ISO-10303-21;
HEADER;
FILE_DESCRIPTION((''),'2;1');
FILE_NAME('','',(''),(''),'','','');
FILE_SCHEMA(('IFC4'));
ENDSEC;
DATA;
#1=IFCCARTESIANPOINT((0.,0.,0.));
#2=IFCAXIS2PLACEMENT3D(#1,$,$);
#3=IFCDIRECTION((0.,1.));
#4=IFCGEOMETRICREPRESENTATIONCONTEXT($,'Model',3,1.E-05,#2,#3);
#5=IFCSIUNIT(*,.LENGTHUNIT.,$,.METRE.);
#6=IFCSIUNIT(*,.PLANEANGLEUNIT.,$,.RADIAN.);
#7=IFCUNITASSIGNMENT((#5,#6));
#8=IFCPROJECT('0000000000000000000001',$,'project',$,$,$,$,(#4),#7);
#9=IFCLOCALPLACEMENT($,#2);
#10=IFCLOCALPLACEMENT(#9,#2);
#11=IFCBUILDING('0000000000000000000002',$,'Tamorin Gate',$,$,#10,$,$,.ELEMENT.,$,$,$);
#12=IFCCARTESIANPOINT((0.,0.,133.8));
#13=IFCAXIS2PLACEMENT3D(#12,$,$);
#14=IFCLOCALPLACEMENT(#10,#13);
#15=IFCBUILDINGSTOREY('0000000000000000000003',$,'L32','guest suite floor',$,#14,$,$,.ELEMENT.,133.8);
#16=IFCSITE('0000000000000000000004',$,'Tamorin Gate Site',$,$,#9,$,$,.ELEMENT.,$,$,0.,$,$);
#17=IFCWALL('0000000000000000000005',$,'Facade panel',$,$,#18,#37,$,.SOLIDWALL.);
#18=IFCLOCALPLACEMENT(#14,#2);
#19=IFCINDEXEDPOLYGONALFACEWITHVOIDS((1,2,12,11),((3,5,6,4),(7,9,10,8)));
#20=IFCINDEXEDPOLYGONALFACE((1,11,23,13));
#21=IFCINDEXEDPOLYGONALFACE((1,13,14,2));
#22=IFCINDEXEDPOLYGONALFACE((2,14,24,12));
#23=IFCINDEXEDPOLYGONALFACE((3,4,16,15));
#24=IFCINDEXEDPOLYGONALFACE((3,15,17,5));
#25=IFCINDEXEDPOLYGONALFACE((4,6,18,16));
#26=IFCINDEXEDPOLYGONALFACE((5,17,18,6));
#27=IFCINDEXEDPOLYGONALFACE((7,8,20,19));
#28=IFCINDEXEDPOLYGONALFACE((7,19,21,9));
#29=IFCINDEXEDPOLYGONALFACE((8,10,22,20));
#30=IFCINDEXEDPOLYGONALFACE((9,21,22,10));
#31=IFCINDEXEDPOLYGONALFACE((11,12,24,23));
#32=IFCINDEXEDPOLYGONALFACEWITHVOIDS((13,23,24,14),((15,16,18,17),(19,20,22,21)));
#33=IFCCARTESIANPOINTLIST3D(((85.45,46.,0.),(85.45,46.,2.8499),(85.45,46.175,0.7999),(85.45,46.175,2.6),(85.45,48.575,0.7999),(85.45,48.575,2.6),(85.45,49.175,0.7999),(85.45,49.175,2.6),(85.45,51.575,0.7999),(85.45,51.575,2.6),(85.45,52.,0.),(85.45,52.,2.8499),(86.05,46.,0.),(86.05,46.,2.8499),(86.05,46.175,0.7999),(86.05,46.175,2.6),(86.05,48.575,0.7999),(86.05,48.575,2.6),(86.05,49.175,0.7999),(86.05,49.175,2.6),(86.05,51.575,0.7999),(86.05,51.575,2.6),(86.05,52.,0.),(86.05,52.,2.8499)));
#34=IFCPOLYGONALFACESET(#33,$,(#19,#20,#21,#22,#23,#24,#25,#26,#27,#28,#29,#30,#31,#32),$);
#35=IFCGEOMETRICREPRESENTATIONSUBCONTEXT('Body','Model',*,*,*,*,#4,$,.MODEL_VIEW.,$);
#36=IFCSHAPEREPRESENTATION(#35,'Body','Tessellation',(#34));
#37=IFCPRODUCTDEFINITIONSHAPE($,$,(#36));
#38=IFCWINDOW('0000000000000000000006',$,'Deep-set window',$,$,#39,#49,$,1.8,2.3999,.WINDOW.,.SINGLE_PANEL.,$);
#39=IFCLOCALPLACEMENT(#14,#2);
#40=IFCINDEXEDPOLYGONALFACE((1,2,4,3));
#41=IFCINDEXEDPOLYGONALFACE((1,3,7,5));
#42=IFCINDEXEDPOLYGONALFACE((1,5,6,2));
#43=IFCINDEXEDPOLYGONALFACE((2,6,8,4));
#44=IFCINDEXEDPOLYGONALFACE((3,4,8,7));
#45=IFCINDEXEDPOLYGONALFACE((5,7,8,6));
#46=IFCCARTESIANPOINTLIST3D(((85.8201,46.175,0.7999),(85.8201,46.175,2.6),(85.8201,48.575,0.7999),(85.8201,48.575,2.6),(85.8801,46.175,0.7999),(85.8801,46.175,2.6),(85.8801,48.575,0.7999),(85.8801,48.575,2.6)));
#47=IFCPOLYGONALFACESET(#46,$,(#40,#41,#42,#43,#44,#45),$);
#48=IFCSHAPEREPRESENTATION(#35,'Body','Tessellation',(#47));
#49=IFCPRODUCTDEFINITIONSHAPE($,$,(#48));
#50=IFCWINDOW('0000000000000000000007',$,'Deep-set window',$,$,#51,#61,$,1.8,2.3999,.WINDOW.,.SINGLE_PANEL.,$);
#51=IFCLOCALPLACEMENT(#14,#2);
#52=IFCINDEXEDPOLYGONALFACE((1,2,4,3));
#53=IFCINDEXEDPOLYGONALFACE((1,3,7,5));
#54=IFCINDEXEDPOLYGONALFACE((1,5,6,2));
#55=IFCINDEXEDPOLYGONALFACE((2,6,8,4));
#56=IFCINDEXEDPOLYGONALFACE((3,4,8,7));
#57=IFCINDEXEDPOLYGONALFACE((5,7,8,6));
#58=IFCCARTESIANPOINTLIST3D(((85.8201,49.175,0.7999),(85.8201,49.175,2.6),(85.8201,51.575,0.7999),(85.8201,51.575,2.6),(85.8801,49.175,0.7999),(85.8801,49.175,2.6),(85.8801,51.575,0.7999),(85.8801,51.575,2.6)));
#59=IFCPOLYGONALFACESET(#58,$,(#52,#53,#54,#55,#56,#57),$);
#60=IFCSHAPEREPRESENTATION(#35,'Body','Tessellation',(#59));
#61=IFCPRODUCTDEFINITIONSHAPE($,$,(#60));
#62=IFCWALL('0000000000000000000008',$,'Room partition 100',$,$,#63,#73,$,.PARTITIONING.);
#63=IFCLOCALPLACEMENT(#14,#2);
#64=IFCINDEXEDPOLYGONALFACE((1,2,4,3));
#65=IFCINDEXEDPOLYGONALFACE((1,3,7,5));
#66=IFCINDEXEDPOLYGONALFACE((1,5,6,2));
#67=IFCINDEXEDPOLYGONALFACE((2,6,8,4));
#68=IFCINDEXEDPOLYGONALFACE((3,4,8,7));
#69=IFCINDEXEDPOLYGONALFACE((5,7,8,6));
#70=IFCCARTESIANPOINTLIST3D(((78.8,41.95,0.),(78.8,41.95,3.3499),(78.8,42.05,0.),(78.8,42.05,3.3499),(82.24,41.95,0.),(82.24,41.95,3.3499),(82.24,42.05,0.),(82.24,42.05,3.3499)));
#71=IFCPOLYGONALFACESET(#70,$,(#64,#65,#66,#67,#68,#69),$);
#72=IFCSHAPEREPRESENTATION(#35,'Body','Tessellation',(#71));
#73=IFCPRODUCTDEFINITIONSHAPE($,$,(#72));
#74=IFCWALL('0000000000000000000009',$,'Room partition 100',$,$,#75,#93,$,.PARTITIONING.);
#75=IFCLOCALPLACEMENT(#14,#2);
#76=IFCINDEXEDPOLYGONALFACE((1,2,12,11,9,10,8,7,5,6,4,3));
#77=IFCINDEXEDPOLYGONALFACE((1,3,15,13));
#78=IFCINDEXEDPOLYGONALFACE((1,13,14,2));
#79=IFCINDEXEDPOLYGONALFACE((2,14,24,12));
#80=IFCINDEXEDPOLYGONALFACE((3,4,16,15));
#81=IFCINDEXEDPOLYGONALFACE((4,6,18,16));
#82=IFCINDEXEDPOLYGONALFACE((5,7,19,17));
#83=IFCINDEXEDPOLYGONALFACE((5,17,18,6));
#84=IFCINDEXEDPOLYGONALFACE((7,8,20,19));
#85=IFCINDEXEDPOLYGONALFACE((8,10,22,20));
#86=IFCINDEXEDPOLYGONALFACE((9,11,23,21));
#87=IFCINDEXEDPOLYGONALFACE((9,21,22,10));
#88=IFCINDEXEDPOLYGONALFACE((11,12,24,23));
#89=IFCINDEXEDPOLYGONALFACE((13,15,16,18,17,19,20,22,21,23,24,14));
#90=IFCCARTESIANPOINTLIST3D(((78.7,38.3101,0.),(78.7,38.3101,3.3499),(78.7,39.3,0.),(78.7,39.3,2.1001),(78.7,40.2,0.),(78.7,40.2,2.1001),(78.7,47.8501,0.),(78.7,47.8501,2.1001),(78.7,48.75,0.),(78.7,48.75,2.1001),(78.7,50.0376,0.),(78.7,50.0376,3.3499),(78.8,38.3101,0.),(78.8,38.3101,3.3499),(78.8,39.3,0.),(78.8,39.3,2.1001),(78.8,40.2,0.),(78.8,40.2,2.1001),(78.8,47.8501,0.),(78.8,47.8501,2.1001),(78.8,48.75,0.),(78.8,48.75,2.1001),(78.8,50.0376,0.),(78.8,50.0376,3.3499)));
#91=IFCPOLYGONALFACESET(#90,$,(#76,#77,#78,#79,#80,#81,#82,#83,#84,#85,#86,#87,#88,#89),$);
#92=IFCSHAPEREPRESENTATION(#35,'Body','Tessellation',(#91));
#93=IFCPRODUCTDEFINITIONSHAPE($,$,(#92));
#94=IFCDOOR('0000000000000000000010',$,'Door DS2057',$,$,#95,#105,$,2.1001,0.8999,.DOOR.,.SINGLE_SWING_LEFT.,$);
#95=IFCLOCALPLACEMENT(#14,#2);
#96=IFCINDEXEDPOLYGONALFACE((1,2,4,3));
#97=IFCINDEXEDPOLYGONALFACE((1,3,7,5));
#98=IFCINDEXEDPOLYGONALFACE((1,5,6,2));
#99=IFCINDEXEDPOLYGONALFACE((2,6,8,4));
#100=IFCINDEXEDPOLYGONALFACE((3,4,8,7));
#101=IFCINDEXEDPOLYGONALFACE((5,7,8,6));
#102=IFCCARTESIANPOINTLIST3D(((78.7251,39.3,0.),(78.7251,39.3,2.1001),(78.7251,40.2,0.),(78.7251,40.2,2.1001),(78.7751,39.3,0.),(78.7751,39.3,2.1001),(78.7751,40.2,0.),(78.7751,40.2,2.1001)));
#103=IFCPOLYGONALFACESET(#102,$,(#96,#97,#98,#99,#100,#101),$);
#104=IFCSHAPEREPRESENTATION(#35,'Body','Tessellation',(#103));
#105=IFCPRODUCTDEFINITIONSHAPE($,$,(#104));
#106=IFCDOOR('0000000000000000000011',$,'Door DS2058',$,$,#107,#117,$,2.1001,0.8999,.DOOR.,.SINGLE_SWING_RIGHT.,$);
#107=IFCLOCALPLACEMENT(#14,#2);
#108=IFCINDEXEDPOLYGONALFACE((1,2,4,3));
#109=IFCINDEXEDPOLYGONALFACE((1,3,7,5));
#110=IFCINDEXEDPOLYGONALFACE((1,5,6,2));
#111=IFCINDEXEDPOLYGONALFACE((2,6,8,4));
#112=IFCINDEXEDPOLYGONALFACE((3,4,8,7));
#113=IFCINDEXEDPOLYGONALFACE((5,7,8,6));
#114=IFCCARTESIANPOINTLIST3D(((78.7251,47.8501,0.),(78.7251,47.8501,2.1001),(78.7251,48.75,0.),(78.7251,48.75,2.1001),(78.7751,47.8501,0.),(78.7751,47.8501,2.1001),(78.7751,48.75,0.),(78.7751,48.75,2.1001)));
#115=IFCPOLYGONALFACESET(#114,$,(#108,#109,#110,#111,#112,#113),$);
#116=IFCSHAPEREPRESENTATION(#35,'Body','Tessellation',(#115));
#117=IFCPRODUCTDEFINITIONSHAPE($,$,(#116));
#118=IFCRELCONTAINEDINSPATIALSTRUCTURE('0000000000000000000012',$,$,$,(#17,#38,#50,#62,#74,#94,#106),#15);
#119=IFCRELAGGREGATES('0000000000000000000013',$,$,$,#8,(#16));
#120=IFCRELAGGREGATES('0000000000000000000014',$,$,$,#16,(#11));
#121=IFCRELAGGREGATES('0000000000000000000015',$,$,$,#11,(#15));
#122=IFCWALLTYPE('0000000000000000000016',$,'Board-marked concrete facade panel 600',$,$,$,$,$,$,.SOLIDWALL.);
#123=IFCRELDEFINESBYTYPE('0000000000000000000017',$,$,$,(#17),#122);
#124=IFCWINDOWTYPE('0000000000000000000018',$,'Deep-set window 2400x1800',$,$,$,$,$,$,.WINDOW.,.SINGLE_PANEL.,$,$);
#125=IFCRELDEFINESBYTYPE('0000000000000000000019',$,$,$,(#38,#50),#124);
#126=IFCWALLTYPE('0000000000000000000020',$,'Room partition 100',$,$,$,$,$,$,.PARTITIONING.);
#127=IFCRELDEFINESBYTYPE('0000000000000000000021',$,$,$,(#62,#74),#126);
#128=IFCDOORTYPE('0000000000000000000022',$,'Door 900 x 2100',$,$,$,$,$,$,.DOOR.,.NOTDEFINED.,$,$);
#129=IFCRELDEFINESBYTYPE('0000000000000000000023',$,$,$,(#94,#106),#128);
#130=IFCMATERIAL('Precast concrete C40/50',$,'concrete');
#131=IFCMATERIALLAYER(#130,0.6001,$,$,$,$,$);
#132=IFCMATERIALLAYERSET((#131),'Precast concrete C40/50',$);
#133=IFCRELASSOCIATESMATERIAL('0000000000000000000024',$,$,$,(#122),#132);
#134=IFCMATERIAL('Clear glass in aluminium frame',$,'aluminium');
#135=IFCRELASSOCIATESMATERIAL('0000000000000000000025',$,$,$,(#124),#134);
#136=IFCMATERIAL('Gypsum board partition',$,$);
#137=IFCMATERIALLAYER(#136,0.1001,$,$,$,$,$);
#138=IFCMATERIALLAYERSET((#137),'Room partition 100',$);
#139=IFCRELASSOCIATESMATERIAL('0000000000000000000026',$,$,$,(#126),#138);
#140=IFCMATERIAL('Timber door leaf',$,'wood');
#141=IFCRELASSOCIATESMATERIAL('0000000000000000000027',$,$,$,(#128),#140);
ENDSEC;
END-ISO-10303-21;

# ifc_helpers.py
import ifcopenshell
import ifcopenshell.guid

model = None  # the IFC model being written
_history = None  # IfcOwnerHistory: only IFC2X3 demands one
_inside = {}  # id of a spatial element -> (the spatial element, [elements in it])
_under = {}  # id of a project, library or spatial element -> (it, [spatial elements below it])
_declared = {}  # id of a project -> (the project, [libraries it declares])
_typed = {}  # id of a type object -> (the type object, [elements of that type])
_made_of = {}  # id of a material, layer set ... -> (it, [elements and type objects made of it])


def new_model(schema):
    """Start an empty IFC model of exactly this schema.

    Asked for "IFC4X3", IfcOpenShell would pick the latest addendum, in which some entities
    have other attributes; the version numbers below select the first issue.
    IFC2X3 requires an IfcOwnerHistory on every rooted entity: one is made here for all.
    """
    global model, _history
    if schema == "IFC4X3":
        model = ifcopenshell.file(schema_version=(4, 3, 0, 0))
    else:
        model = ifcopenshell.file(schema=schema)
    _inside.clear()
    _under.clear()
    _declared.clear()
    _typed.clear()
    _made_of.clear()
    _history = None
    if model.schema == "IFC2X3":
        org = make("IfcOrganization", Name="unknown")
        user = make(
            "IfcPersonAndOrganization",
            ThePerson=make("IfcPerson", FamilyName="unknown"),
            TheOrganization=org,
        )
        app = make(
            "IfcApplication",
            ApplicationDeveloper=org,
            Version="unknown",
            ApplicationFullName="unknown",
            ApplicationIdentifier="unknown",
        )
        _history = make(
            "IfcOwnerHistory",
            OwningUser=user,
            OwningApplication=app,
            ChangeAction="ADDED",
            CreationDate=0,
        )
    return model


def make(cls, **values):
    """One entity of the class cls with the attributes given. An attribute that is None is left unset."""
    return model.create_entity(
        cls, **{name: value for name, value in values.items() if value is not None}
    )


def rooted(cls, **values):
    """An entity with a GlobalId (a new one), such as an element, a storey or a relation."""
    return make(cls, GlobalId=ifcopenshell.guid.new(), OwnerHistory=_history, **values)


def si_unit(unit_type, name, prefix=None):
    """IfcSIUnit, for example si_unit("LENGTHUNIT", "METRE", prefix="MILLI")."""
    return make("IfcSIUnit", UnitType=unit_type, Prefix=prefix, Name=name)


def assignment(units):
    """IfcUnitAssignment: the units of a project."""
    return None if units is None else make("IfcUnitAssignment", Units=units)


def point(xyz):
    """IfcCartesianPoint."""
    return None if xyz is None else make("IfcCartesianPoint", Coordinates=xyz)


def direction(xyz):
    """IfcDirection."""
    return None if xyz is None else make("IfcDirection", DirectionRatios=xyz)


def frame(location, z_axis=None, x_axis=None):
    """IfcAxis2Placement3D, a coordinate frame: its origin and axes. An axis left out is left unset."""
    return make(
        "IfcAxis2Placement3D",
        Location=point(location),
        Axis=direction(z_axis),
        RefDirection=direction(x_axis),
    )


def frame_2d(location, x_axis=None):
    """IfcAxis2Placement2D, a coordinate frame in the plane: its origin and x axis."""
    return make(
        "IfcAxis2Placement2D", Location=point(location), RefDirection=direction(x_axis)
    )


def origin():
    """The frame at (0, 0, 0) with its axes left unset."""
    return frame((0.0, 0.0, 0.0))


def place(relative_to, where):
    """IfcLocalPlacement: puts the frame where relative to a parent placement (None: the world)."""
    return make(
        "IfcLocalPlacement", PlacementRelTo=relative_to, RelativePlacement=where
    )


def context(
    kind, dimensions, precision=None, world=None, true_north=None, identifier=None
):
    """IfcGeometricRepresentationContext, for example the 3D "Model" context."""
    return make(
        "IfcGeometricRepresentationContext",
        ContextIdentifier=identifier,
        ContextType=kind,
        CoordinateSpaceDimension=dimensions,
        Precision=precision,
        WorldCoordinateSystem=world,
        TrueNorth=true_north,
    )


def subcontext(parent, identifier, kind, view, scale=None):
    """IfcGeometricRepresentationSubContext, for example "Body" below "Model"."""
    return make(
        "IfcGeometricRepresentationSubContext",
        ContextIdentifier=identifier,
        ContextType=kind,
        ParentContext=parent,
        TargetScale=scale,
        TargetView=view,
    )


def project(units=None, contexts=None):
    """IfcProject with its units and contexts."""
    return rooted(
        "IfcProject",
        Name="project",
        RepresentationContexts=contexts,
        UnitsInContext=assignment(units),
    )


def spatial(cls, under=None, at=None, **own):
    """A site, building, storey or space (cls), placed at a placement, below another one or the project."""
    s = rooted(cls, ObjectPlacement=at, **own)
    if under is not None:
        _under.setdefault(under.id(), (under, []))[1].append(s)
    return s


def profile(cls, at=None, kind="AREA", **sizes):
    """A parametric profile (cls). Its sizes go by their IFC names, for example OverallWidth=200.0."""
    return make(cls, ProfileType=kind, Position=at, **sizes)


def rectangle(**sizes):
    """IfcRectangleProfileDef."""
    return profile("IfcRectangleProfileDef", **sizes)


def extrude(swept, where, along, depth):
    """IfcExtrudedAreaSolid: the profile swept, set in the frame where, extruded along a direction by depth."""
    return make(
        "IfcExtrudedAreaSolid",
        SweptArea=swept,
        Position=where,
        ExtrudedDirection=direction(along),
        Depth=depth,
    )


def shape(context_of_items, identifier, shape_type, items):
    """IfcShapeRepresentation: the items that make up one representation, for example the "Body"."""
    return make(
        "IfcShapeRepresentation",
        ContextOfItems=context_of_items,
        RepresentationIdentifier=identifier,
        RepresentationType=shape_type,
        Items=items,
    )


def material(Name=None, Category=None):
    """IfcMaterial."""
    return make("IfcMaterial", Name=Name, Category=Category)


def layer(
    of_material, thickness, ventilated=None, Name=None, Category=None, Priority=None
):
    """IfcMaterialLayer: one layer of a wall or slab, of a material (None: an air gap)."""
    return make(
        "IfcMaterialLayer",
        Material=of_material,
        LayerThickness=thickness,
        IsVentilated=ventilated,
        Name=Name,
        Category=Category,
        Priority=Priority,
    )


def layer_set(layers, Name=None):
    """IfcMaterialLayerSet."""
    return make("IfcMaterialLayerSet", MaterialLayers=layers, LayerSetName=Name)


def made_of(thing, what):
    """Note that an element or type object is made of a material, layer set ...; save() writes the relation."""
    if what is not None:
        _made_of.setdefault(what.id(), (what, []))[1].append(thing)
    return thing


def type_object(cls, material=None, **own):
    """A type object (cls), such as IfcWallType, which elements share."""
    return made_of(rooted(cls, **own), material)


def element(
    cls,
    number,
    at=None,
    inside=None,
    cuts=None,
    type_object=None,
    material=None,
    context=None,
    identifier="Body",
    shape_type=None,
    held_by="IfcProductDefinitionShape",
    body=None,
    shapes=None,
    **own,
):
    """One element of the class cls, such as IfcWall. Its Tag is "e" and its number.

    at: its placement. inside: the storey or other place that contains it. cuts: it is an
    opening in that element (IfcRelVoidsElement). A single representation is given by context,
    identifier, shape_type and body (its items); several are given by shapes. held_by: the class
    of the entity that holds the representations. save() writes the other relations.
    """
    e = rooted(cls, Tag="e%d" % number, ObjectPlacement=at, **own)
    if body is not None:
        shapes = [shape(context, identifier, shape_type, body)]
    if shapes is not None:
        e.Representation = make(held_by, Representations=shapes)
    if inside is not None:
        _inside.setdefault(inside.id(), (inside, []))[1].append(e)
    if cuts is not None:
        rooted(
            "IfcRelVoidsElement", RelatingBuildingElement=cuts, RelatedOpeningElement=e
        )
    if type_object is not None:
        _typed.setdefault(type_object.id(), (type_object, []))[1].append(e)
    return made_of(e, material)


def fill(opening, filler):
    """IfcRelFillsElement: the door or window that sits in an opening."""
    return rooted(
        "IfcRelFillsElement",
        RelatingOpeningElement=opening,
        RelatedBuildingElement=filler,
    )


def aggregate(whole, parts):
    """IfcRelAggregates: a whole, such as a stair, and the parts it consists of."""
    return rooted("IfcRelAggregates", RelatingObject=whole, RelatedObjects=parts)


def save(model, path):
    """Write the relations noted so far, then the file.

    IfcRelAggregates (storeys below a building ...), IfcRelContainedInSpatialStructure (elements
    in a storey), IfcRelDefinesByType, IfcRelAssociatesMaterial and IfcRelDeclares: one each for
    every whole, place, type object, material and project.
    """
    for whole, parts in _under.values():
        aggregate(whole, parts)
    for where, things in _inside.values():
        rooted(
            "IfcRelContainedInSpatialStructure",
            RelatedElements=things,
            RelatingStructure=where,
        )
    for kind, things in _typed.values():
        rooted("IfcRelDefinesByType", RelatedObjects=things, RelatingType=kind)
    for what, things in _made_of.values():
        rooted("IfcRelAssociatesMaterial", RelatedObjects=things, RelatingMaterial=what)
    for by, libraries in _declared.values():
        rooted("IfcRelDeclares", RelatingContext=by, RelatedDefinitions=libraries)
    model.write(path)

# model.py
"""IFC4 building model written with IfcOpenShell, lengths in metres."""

from ifc_helpers import new_model, si_unit, direction, frame, frame_2d, origin, place, context, subcontext, project, spatial, rectangle, extrude, material, layer, layer_set, type_object, element, fill, save


model = new_model("IFC4")

# Units and contexts
model_context = context("Model", 3, precision=1e-05, world=origin(), true_north=direction((0.0, 1.0)))
body_context = subcontext(model_context, "Body", "Model", "MODEL_VIEW")
ifc_project = project(units=[si_unit("LENGTHUNIT", "METRE"), si_unit("PLANEANGLEUNIT", "RADIAN")], contexts=[model_context])

# Site, building, storey
site_placement = place(None, origin())
site = spatial("IfcSite", under=ifc_project, at=site_placement, Name="Tamorin Gate Site", CompositionType="ELEMENT", RefElevation=0.0)
building_placement = place(site_placement, origin())
building = spatial("IfcBuilding", under=site, at=building_placement, Name="Tamorin Gate", CompositionType="ELEMENT")
storey_placement = place(building_placement, frame((0.0, 0.0, 133.8)))
storey = spatial("IfcBuildingStorey", under=building, at=storey_placement, Name="L32", Description="guest suite floor", CompositionType="ELEMENT", Elevation=133.8)

# Shared definitions
ifc_material_1 = material(Name="Precast concrete C40/50", Category="concrete")
ifc_layer_1 = layer(ifc_material_1, 0.6001)
ifc_layer_set_1 = layer_set([ifc_layer_1], Name="Precast concrete C40/50")
wall_type_1 = type_object("IfcWallType", Name="Board-marked concrete facade panel 600", PredefinedType="SOLIDWALL", material=ifc_layer_set_1)
ifc_material_2 = material(Name="Clear glass in aluminium frame", Category="aluminium")
window_type_1 = type_object("IfcWindowType", Name="Deep-set window 2400x1800", PartitioningType="SINGLE_PANEL", PredefinedType="WINDOW", material=ifc_material_2)

# Wall, openings, windows
wall_1_placement = place(storey_placement, frame((85.75, 46.0, 0.0), z_axis=(0.0, 0.0, 1.0), x_axis=(0.0, 1.0, 0.0)))
wall_1 = element("IfcWall", 1, at=wall_1_placement, inside=storey, type_object=wall_type_1, Name="Facade panel", PredefinedType="SOLIDWALL", context=body_context, shape_type="SweptSolid", body=[
    extrude(rectangle(XDim=6.0, YDim=0.6001, at=frame_2d((3.0, 0.0))), origin(), (0.0, 0.0, 1.0), 2.8499),
])
opening_1_placement = place(wall_1_placement, frame((0.175, 0.0, 0.8)))
opening_1 = element("IfcOpeningElement", 2, at=opening_1_placement, cuts=wall_1, PredefinedType="OPENING", context=body_context, shape_type="SweptSolid", body=[
    extrude(rectangle(XDim=2.3999, YDim=1.8, at=frame_2d((1.2, 0.8999))), frame((0.0, 0.3101, 0.0), z_axis=(0.0, -1.0, 0.0), x_axis=(1.0, 0.0, 0.0)), (0.0, 0.0, 1.0), 0.6201),
])
opening_2_placement = place(wall_1_placement, frame((3.175, 0.0, 0.8)))
opening_2 = element("IfcOpeningElement", 3, at=opening_2_placement, cuts=wall_1, PredefinedType="OPENING", context=body_context, shape_type="SweptSolid", body=[
    extrude(rectangle(XDim=2.3999, YDim=1.8, at=frame_2d((1.2, 0.8999))), frame((0.0, 0.3101, 0.0), z_axis=(0.0, -1.0, 0.0), x_axis=(1.0, 0.0, 0.0)), (0.0, 0.0, 1.0), 0.6201),
])
window_1_placement = place(opening_1_placement, origin())
window_1 = element("IfcWindow", 4, at=window_1_placement, inside=storey, type_object=window_type_1, Name="Deep-set window", OverallHeight=1.8, OverallWidth=2.3999, PartitioningType="SINGLE_PANEL", PredefinedType="WINDOW", context=body_context, shape_type="SweptSolid", body=[
    extrude(rectangle(XDim=2.3999, YDim=1.8, at=frame_2d((1.2, 0.8999))), frame((0.0, -0.0701, 0.0), z_axis=(0.0, -1.0, 0.0), x_axis=(1.0, 0.0, 0.0)), (0.0, 0.0, 1.0), 0.0601),
])
fill(opening_1, window_1)
window_2_placement = place(opening_2_placement, origin())
window_2 = element("IfcWindow", 5, at=window_2_placement, inside=storey, type_object=window_type_1, Name="Deep-set window", OverallHeight=1.8, OverallWidth=2.3999, PartitioningType="SINGLE_PANEL", PredefinedType="WINDOW", context=body_context, shape_type="SweptSolid", body=[
    extrude(rectangle(XDim=2.3999, YDim=1.8, at=frame_2d((1.2, 0.8999))), frame((0.0, -0.0701, 0.0), z_axis=(0.0, -1.0, 0.0), x_axis=(1.0, 0.0, 0.0)), (0.0, 0.0, 1.0), 0.0601),
])
fill(opening_2, window_2)

# Wall
ifc_material_3 = material(Name="Gypsum board partition")
ifc_layer_2 = layer(ifc_material_3, 0.1001)
ifc_layer_set_2 = layer_set([ifc_layer_2], Name="Room partition 100")
wall_type_2 = type_object("IfcWallType", Name="Room partition 100", PredefinedType="PARTITIONING", material=ifc_layer_set_2)
wall_2_placement = place(storey_placement, frame((78.8, 42.0, 0.0), z_axis=(0.0, 0.0, 1.0), x_axis=(1.0, 0.0, 0.0)))
element("IfcWall", 6, at=wall_2_placement, inside=storey, type_object=wall_type_2, Name="Room partition 100", PredefinedType="PARTITIONING", context=body_context, shape_type="SweptSolid", body=[
    extrude(rectangle(XDim=3.4399, YDim=0.1001, at=frame_2d((1.72, 0.0))), origin(), (0.0, 0.0, 1.0), 3.3499),
])

# Wall, openings, doors
wall_3_placement = place(storey_placement, frame((78.75, 38.3101, 0.0), z_axis=(0.0, 0.0, 1.0), x_axis=(0.0, 1.0, 0.0)))
wall_3 = element("IfcWall", 7, at=wall_3_placement, inside=storey, type_object=wall_type_2, Name="Room partition 100", PredefinedType="PARTITIONING", context=body_context, shape_type="SweptSolid", body=[
    extrude(rectangle(XDim=11.7275, YDim=0.1001, at=frame_2d((5.8638, 0.0))), origin(), (0.0, 0.0, 1.0), 3.3499),
])
opening_3_placement = place(wall_3_placement, frame((0.99, 0.0, 0.0)))
opening_3 = element("IfcOpeningElement", 8, at=opening_3_placement, cuts=wall_3, PredefinedType="OPENING", context=body_context, shape_type="SweptSolid", body=[
    extrude(rectangle(XDim=0.8999, YDim=2.1001, at=frame_2d((0.45, 1.05))), frame((0.0, 0.0601, 0.0), z_axis=(0.0, -1.0, 0.0), x_axis=(1.0, 0.0, 0.0)), (0.0, 0.0, 1.0), 0.1201),
])
opening_4_placement = place(wall_3_placement, frame((9.54, 0.0, 0.0)))
opening_4 = element("IfcOpeningElement", 9, at=opening_4_placement, cuts=wall_3, PredefinedType="OPENING", context=body_context, shape_type="SweptSolid", body=[
    extrude(rectangle(XDim=0.8999, YDim=2.1001, at=frame_2d((0.45, 1.05))), frame((0.0, 0.0601, 0.0), z_axis=(0.0, -1.0, 0.0), x_axis=(1.0, 0.0, 0.0)), (0.0, 0.0, 1.0), 0.1201),
])
ifc_material_4 = material(Name="Timber door leaf", Category="wood")
door_type = type_object("IfcDoorType", Name="Door 900 x 2100", OperationType="NOTDEFINED", PredefinedType="DOOR", material=ifc_material_4)
door_1_placement = place(opening_3_placement, origin())
door_1 = element("IfcDoor", 10, at=door_1_placement, inside=storey, type_object=door_type, Name="Door DS2057", OperationType="SINGLE_SWING_LEFT", OverallHeight=2.1001, OverallWidth=0.8999, PredefinedType="DOOR", context=body_context, shape_type="SweptSolid", body=[
    extrude(rectangle(XDim=0.8999, YDim=2.1001, at=frame_2d((0.45, 1.05))), frame((0.0, 0.0249, 0.0), z_axis=(0.0, -1.0, 0.0), x_axis=(1.0, 0.0, 0.0)), (0.0, 0.0, 1.0), 0.05),
])
fill(opening_3, door_1)
door_2_placement = place(opening_4_placement, origin())
door_2 = element("IfcDoor", 11, at=door_2_placement, inside=storey, type_object=door_type, Name="Door DS2058", OperationType="SINGLE_SWING_RIGHT", OverallHeight=2.1001, OverallWidth=0.8999, PredefinedType="DOOR", context=body_context, shape_type="SweptSolid", body=[
    extrude(rectangle(XDim=0.8999, YDim=2.1001, at=frame_2d((0.45, 1.05))), frame((0.0, 0.0249, 0.0), z_axis=(0.0, -1.0, 0.0), x_axis=(1.0, 0.0, 0.0)), (0.0, 0.0, 1.0), 0.05),
])
fill(opening_4, door_2)

save(model, "model.ifc")
